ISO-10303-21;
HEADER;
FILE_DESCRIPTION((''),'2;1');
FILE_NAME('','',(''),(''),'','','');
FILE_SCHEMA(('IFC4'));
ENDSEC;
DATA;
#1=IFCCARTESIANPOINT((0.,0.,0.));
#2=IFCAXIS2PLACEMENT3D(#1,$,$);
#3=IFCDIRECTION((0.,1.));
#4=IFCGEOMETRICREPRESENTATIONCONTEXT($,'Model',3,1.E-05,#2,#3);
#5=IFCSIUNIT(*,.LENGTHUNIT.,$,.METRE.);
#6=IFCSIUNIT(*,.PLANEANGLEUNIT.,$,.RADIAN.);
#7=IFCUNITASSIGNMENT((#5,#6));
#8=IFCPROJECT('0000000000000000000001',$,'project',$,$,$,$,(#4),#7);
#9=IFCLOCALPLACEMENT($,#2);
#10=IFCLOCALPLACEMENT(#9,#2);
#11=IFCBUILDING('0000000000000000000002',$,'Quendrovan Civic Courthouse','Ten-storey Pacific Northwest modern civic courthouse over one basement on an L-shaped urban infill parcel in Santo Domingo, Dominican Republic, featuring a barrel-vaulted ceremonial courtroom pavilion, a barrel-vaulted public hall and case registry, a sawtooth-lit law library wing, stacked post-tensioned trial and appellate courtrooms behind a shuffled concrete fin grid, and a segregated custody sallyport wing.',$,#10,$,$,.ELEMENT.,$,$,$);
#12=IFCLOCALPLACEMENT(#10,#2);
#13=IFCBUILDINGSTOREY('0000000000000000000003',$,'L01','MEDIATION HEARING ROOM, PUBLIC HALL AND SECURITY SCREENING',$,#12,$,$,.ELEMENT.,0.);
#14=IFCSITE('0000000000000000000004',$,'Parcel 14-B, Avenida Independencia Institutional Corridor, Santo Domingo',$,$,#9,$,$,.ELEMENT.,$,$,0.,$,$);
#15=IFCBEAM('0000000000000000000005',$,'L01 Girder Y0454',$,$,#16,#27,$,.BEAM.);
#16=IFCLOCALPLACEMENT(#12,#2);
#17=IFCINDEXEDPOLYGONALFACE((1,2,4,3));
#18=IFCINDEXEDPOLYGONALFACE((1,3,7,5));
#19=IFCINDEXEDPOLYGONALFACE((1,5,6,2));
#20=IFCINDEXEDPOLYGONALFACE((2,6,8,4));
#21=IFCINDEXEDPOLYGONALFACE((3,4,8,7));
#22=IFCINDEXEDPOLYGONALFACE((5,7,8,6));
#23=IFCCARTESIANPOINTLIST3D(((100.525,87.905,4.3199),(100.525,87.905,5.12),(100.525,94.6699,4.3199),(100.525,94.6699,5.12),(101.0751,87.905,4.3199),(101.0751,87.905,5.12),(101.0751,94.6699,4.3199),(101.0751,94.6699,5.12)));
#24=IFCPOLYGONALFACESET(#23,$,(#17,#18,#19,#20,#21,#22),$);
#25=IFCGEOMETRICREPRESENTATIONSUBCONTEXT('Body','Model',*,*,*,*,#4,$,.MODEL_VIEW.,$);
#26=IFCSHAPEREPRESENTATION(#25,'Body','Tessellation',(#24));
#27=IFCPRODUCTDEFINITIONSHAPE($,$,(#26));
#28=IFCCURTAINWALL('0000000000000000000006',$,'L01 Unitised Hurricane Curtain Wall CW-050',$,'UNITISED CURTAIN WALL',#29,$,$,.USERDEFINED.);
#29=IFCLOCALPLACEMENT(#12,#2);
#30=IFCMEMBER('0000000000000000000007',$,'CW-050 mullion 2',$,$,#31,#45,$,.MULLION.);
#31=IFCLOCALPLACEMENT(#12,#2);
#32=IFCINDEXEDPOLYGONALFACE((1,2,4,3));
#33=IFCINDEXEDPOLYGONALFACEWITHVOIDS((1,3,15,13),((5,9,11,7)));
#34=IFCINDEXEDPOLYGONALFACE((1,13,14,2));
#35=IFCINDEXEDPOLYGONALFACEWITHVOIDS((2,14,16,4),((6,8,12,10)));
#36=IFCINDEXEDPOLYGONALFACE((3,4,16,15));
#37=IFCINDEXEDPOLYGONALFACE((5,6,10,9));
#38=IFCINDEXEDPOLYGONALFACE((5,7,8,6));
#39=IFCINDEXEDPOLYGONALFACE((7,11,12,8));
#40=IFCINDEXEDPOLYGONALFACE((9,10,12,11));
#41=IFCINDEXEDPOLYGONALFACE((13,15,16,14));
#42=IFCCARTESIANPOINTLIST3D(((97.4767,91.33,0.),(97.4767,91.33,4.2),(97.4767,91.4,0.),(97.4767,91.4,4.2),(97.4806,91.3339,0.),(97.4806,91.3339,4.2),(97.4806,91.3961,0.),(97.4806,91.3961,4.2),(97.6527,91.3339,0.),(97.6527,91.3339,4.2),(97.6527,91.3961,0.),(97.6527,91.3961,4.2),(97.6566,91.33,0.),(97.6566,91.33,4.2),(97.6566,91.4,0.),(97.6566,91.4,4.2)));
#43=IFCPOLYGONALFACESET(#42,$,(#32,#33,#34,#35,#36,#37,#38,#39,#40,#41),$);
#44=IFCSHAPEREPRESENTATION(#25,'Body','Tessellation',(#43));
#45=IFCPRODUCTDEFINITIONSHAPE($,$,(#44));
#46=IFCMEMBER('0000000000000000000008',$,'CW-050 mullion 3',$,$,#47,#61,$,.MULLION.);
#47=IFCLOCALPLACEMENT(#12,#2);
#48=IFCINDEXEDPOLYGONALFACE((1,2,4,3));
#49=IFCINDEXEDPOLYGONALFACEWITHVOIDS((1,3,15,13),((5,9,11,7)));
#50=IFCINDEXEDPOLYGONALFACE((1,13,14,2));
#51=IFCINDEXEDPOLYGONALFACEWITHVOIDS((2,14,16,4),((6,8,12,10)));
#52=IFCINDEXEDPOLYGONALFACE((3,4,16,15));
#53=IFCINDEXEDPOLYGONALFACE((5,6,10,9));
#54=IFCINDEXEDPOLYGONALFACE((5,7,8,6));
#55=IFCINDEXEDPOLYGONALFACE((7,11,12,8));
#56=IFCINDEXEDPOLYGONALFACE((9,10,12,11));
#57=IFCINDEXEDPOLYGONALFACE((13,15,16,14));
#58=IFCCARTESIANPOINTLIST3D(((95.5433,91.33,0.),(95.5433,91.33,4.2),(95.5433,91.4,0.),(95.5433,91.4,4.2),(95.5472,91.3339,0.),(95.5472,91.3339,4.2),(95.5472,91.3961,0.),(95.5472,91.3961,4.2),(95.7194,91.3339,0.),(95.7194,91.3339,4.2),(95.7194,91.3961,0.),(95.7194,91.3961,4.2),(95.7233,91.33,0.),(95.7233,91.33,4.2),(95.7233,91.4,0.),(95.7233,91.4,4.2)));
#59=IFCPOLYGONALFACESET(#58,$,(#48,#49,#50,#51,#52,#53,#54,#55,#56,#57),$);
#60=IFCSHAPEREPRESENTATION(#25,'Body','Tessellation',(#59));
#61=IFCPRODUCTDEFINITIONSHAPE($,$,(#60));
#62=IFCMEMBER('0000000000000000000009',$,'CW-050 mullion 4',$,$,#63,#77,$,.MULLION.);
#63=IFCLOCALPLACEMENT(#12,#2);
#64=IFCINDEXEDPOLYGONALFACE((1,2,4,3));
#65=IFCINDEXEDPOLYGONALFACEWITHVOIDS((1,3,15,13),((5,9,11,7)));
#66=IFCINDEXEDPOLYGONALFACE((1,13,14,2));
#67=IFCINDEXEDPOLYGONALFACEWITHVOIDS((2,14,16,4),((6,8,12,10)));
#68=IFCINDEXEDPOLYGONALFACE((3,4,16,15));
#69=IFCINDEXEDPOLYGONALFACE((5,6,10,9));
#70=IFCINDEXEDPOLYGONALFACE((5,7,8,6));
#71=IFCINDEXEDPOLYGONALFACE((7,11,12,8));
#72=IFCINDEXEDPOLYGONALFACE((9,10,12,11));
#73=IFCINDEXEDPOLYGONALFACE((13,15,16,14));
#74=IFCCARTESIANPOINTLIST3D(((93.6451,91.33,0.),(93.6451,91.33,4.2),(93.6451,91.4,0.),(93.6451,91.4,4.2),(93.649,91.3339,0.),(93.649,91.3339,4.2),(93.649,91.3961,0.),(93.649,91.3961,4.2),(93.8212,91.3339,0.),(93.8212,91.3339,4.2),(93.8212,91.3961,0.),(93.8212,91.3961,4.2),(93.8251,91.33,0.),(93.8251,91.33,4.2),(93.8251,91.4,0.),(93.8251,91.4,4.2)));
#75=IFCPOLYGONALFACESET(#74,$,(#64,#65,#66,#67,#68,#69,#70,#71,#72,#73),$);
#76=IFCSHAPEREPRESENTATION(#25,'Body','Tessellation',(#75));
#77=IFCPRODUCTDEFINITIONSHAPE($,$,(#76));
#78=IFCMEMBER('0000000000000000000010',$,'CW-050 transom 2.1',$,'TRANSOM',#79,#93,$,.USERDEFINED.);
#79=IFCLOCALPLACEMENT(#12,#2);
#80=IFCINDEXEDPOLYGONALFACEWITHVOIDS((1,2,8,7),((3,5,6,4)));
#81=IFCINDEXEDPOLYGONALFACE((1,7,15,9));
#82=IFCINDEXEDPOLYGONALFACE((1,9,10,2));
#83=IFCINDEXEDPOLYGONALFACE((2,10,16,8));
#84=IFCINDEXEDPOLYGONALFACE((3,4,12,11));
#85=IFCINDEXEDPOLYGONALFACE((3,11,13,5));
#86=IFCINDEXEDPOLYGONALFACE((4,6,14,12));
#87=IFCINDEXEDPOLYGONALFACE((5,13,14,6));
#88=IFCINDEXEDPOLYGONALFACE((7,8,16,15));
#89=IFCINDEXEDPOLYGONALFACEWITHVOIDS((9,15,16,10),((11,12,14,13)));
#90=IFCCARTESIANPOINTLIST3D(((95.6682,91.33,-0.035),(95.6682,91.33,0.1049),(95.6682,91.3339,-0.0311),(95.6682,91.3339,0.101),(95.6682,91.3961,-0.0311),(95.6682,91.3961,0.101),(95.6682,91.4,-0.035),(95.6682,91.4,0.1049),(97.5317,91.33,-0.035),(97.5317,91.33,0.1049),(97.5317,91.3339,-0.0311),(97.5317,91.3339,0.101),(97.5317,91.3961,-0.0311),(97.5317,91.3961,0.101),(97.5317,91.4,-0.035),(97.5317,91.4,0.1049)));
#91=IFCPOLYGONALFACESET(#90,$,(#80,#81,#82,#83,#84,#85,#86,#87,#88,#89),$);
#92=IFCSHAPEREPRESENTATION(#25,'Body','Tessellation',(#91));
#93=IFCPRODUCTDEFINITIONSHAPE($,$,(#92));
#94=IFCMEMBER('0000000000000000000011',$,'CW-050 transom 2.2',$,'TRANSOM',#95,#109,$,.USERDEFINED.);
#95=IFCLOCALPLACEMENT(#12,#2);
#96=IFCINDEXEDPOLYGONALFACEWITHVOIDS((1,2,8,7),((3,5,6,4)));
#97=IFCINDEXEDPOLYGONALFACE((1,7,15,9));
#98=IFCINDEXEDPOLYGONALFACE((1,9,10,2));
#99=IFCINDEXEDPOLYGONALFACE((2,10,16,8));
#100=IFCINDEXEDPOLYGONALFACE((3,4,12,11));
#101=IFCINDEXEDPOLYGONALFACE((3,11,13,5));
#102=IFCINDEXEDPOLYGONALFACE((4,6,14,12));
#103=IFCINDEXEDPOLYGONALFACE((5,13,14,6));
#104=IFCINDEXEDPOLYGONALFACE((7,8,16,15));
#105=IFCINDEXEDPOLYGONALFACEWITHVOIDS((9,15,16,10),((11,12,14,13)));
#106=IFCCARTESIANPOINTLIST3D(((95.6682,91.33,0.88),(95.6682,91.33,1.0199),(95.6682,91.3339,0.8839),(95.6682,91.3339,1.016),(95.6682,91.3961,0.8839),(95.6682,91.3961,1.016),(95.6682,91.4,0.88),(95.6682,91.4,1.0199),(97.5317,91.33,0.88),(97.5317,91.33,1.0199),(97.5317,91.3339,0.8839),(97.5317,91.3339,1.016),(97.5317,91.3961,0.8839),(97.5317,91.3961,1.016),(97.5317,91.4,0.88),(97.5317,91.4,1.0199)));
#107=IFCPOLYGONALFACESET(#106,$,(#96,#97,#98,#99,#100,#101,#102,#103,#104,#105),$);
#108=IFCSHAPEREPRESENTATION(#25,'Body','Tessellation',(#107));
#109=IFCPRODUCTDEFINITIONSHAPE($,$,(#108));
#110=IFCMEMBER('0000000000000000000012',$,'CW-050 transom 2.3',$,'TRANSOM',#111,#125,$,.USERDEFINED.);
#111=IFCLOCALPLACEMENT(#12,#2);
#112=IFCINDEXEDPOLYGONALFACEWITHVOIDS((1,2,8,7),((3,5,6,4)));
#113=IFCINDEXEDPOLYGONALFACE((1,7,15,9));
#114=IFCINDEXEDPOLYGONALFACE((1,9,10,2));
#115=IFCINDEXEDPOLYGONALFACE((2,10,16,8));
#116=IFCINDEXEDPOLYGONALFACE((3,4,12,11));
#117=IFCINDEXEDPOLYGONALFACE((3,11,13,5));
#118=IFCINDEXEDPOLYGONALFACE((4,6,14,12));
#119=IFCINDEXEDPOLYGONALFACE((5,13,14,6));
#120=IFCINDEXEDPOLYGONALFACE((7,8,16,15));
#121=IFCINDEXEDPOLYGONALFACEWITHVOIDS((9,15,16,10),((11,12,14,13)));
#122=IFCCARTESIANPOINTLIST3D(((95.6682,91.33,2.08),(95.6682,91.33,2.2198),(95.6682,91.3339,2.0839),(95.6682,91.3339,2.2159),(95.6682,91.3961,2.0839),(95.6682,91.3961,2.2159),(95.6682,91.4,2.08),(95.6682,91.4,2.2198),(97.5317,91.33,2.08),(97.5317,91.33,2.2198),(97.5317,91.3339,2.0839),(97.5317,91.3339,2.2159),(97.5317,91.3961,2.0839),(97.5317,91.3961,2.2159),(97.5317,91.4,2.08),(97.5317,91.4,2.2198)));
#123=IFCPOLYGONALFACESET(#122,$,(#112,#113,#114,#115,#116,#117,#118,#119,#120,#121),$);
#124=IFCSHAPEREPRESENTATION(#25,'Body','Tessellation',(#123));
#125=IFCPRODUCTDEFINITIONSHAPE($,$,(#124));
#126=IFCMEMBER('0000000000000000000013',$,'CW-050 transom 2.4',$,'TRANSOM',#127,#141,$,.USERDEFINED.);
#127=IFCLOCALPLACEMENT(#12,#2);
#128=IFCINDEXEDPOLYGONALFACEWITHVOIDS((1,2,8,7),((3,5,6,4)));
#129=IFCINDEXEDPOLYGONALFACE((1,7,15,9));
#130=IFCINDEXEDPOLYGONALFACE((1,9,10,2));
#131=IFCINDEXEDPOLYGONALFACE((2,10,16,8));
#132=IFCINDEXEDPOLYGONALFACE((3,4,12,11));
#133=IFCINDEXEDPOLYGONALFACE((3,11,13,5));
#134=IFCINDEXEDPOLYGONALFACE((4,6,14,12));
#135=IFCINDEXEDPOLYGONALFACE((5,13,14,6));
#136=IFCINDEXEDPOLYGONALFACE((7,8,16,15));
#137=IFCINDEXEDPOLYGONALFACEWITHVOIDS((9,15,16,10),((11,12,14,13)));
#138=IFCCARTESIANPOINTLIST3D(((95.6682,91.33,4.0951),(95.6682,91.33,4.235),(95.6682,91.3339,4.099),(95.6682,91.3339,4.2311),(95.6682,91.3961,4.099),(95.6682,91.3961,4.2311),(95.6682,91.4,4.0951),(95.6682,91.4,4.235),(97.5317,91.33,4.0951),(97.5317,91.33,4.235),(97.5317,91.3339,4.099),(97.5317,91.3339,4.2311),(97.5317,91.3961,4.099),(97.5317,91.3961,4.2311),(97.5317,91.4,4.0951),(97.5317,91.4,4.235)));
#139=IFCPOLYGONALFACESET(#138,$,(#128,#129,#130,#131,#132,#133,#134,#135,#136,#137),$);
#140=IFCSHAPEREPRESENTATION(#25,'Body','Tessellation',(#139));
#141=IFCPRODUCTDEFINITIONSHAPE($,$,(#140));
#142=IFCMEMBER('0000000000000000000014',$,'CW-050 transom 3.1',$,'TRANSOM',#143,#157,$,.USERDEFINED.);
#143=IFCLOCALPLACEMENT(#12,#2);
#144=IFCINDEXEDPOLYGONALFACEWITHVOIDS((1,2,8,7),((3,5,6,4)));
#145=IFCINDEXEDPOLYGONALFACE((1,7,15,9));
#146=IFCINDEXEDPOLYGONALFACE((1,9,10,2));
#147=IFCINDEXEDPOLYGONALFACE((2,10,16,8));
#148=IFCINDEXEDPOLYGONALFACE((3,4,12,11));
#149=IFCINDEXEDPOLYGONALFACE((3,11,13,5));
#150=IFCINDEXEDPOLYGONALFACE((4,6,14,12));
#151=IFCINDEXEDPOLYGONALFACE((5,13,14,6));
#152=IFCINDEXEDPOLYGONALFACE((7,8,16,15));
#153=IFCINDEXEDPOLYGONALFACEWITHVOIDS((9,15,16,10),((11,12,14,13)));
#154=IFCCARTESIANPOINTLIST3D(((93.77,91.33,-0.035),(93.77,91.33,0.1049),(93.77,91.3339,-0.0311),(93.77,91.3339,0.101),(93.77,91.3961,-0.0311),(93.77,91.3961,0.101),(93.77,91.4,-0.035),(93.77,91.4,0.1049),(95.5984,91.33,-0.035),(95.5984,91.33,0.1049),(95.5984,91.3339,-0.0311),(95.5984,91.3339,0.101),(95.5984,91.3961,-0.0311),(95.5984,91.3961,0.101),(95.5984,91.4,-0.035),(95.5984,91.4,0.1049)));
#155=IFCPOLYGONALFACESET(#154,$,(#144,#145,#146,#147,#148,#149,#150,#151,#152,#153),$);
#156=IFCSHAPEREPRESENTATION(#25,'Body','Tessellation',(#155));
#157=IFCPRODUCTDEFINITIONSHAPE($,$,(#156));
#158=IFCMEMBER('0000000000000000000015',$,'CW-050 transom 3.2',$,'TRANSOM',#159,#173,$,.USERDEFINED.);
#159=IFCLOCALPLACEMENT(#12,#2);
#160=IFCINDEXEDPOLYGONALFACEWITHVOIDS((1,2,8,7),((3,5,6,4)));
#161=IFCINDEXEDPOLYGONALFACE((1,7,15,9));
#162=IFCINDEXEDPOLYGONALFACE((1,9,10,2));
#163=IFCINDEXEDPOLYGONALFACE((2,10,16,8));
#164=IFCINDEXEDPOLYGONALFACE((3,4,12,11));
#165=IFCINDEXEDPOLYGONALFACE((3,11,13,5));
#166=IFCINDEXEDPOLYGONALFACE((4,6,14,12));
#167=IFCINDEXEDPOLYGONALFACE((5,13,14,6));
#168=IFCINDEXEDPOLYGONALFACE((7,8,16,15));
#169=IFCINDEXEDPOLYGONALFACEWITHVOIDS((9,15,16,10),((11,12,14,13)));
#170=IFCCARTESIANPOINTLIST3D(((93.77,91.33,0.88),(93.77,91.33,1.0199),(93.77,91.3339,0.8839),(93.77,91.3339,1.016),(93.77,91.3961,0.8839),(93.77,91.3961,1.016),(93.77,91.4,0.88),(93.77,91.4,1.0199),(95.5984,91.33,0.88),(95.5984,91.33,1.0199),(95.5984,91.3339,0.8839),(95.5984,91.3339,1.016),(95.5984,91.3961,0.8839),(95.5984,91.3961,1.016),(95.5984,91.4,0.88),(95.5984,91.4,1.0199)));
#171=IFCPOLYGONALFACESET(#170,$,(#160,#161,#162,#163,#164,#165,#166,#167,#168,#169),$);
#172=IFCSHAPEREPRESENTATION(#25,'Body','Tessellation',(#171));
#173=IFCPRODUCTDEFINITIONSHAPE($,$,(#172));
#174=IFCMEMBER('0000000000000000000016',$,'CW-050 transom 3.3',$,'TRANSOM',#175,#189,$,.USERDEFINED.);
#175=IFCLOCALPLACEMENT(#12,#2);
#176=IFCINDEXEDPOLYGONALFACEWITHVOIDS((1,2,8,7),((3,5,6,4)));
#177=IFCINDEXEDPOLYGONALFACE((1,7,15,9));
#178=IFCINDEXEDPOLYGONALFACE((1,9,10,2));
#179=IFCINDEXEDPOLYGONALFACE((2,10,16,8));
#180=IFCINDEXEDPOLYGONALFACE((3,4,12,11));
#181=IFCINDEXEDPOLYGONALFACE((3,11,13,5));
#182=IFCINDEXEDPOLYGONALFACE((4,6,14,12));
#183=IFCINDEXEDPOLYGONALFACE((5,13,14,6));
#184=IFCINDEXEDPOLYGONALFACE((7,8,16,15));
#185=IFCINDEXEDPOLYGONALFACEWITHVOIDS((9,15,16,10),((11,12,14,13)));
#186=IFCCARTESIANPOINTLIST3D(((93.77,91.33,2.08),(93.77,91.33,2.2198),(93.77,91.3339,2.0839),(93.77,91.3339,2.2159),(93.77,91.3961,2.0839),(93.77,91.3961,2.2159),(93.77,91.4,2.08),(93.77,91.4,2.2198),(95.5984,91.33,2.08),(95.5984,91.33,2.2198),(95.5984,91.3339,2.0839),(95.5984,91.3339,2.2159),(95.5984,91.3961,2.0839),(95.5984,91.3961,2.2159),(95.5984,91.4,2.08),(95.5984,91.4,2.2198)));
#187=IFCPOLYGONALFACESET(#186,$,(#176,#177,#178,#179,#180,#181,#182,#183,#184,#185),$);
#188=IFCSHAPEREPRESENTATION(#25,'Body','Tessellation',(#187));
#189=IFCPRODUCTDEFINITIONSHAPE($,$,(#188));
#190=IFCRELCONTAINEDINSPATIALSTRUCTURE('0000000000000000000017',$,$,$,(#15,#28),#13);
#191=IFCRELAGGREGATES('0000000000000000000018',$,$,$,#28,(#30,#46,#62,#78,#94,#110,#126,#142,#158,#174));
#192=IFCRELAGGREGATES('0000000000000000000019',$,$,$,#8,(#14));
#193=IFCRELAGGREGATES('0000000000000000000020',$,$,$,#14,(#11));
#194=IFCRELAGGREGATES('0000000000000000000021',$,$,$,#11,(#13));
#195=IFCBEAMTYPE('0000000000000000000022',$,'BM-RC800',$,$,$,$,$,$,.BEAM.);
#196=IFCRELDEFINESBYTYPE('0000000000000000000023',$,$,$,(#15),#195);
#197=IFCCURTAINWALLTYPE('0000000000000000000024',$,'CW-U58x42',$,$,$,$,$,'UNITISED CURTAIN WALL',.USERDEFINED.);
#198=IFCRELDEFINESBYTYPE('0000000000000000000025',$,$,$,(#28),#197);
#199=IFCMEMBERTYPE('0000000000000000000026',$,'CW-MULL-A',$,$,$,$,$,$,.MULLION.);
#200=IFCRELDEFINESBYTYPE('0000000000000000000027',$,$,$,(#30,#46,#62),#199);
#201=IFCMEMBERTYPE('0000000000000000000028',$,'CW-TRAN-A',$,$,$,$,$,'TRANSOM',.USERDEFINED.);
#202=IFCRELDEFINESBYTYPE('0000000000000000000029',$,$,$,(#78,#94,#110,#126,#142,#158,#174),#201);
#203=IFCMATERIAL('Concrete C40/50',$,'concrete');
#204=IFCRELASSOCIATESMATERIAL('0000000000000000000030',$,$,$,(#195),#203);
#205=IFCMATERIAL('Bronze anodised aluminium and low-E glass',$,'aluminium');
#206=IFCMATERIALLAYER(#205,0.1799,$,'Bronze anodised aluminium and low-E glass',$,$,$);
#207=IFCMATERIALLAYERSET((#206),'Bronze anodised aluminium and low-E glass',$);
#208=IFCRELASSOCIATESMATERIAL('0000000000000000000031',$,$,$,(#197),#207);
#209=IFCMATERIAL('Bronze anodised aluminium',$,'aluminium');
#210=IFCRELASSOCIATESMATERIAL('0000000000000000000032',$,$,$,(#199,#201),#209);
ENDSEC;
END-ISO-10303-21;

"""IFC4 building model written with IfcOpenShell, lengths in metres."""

from ifc_helpers import new_model, si_unit, direction, frame, origin, origin_2d, place, context, subcontext, project, spatial, rectangle, hollow_rectangle, extrude, material, layer, layer_set, material_profile, profile_set, type_object, element, aggregate, save


model = new_model("IFC4")

# Units and contexts
model_context = context("Model", 3, precision=1e-05, world=origin(), true_north=direction((0.0, 1.0)))
body_context = subcontext(model_context, "Body", "Model", "MODEL_VIEW")
ifc_project = project(units=[si_unit("LENGTHUNIT", "METRE"), si_unit("PLANEANGLEUNIT", "RADIAN")], contexts=[model_context])

# Site, building, storey
site_placement = place(None, origin())
site = spatial("IfcSite", under=ifc_project, at=site_placement, Name="Parcel 14-B, Avenida Independencia Institutional Corridor, Santo Domingo", CompositionType="ELEMENT", RefElevation=0.0)
building_placement = place(site_placement, origin())
building = spatial("IfcBuilding", under=site, at=building_placement, Name="Quendrovan Civic Courthouse", Description="Ten-storey Pacific Northwest modern civic courthouse over one basement on an L-shaped urban infill parcel in Santo Domingo, Dominican Republic, featuring a barrel-vaulted ceremonial courtroom pavilion, a barrel-vaulted public hall and case registry, a sawtooth-lit law library wing, stacked post-tensioned trial and appellate courtrooms behind a shuffled concrete fin grid, and a segregated custody sallyport wing.", CompositionType="ELEMENT")
storey_placement = place(building_placement, origin())
storey = spatial("IfcBuildingStorey", under=building, at=storey_placement, Name="L01", Description="MEDIATION HEARING ROOM, PUBLIC HALL AND SECURITY SCREENING", CompositionType="ELEMENT", Elevation=0.0)

# Beam
ifc_material_1 = material(Name="Concrete C40/50", Category="concrete")
ifc_material_profile_1 = material_profile(ifc_material_1, rectangle(XDim=0.55, YDim=0.8, at=origin_2d()), Name="RC-BM-550x800")
ifc_profile_set_1 = profile_set([ifc_material_profile_1], Name="Concrete C40/50")
beam_type = type_object("IfcBeamType", Name="BM-RC800", PredefinedType="BEAM", material=ifc_profile_set_1)
beam_placement = place(storey_placement, frame((100.8, 87.905, 4.72), z_axis=(0.0, 1.0, 0.0), x_axis=(-1.0, 0.0, 0.0)))
element("IfcBeam", 1, at=beam_placement, inside=storey, type_object=beam_type, Name="L01 Girder Y0454", PredefinedType="BEAM", context=body_context, shape_type="SweptSolid", body=[
    extrude(rectangle(XDim=0.55, YDim=0.8, at=origin_2d()), origin(), (0.0, 0.0, 1.0), 6.7649),
])

# Curtain wall, members
ifc_material_2 = material(Name="Bronze anodised aluminium and low-E glass", Category="aluminium")
ifc_layer_1 = layer(ifc_material_2, 0.1799, Name="Bronze anodised aluminium and low-E glass")
ifc_layer_set_1 = layer_set([ifc_layer_1], Name="Bronze anodised aluminium and low-E glass")
curtain_wall_type = type_object("IfcCurtainWallType", Name="CW-U58x42", ElementType="UNITISED CURTAIN WALL", PredefinedType="USERDEFINED", material=ifc_layer_set_1)
curtain_wall_placement = place(storey_placement, origin())
curtain_wall = element("IfcCurtainWall", 2, at=curtain_wall_placement, inside=storey, type_object=curtain_wall_type, Name="L01 Unitised Hurricane Curtain Wall CW-050", ObjectType="UNITISED CURTAIN WALL", PredefinedType="USERDEFINED")
ifc_material_3 = material(Name="Bronze anodised aluminium", Category="aluminium")
ifc_material_profile_2 = material_profile(ifc_material_3, hollow_rectangle(XDim=0.0701, YDim=0.1799, WallThickness=0.0039, at=origin_2d()), Name="CW-MULL-70x180")
ifc_profile_set_2 = profile_set([ifc_material_profile_2], Name="Bronze anodised aluminium")
member_type_1 = type_object("IfcMemberType", Name="CW-MULL-A", PredefinedType="MULLION", material=ifc_profile_set_2)
member_1_placement = place(storey_placement, frame((97.5667, 91.365, 0.0), z_axis=(0.0, 0.0, 1.0), x_axis=(0.0, -1.0, 0.0)))
member_1 = element("IfcMember", 3, at=member_1_placement, type_object=member_type_1, Name="CW-050 mullion 2", PredefinedType="MULLION", context=body_context, shape_type="SweptSolid", body=[
    extrude(hollow_rectangle(XDim=0.0701, YDim=0.1799, WallThickness=0.0039, at=origin_2d()), origin(), (0.0, 0.0, 1.0), 4.2),
])
member_2_placement = place(storey_placement, frame((95.6333, 91.365, 0.0), z_axis=(0.0, 0.0, 1.0), x_axis=(0.0, -1.0, 0.0)))
member_2 = element("IfcMember", 4, at=member_2_placement, type_object=member_type_1, Name="CW-050 mullion 3", PredefinedType="MULLION", context=body_context, shape_type="SweptSolid", body=[
    extrude(hollow_rectangle(XDim=0.0701, YDim=0.1799, WallThickness=0.0039, at=origin_2d()), origin(), (0.0, 0.0, 1.0), 4.2),
])
member_3_placement = place(storey_placement, frame((93.7351, 91.365, 0.0), z_axis=(0.0, 0.0, 1.0), x_axis=(0.0, -1.0, 0.0)))
member_3 = element("IfcMember", 5, at=member_3_placement, type_object=member_type_1, Name="CW-050 mullion 4", PredefinedType="MULLION", context=body_context, shape_type="SweptSolid", body=[
    extrude(hollow_rectangle(XDim=0.0701, YDim=0.1799, WallThickness=0.0039, at=origin_2d()), origin(), (0.0, 0.0, 1.0), 4.2),
])
ifc_material_profile_3 = material_profile(ifc_material_3, hollow_rectangle(XDim=0.0701, YDim=0.1399, WallThickness=0.0039, at=origin_2d()), Name="CW-TRAN-70x140")
ifc_profile_set_3 = profile_set([ifc_material_profile_3], Name="Bronze anodised aluminium")
member_type_2 = type_object("IfcMemberType", Name="CW-TRAN-A", ElementType="TRANSOM", PredefinedType="USERDEFINED", material=ifc_profile_set_3)
member_4_placement = place(storey_placement, frame((97.5317, 91.365, 0.0349), z_axis=(-1.0, 0.0, 0.0), x_axis=(0.0, -1.0, 0.0)))
member_4 = element("IfcMember", 6, at=member_4_placement, type_object=member_type_2, Name="CW-050 transom 2.1", ObjectType="TRANSOM", PredefinedType="USERDEFINED", context=body_context, shape_type="SweptSolid", body=[
    extrude(hollow_rectangle(XDim=0.0701, YDim=0.1399, WallThickness=0.0039, at=origin_2d()), origin(), (0.0, 0.0, 1.0), 1.8635),
])
member_5_placement = place(storey_placement, frame((97.5317, 91.365, 0.95), z_axis=(-1.0, 0.0, 0.0), x_axis=(0.0, -1.0, 0.0)))
member_5 = element("IfcMember", 7, at=member_5_placement, type_object=member_type_2, Name="CW-050 transom 2.2", ObjectType="TRANSOM", PredefinedType="USERDEFINED", context=body_context, shape_type="SweptSolid", body=[
    extrude(hollow_rectangle(XDim=0.0701, YDim=0.1399, WallThickness=0.0039, at=origin_2d()), origin(), (0.0, 0.0, 1.0), 1.8635),
])
member_6_placement = place(storey_placement, frame((97.5317, 91.365, 2.1499), z_axis=(-1.0, 0.0, 0.0), x_axis=(0.0, -1.0, 0.0)))
member_6 = element("IfcMember", 8, at=member_6_placement, type_object=member_type_2, Name="CW-050 transom 2.3", ObjectType="TRANSOM", PredefinedType="USERDEFINED", context=body_context, shape_type="SweptSolid", body=[
    extrude(hollow_rectangle(XDim=0.0701, YDim=0.1399, WallThickness=0.0039, at=origin_2d()), origin(), (0.0, 0.0, 1.0), 1.8635),
])
member_7_placement = place(storey_placement, frame((97.5317, 91.365, 4.165), z_axis=(-1.0, 0.0, 0.0), x_axis=(0.0, -1.0, 0.0)))
member_7 = element("IfcMember", 9, at=member_7_placement, type_object=member_type_2, Name="CW-050 transom 2.4", ObjectType="TRANSOM", PredefinedType="USERDEFINED", context=body_context, shape_type="SweptSolid", body=[
    extrude(hollow_rectangle(XDim=0.0701, YDim=0.1399, WallThickness=0.0039, at=origin_2d()), origin(), (0.0, 0.0, 1.0), 1.8635),
])
member_8_placement = place(storey_placement, frame((95.5984, 91.365, 0.0349), z_axis=(-1.0, 0.0, 0.0), x_axis=(0.0, -1.0, 0.0)))
member_8 = element("IfcMember", 10, at=member_8_placement, type_object=member_type_2, Name="CW-050 transom 3.1", ObjectType="TRANSOM", PredefinedType="USERDEFINED", context=body_context, shape_type="SweptSolid", body=[
    extrude(hollow_rectangle(XDim=0.0701, YDim=0.1399, WallThickness=0.0039, at=origin_2d()), origin(), (0.0, 0.0, 1.0), 1.8284),
])
member_9_placement = place(storey_placement, frame((95.5984, 91.365, 0.95), z_axis=(-1.0, 0.0, 0.0), x_axis=(0.0, -1.0, 0.0)))
member_9 = element("IfcMember", 11, at=member_9_placement, type_object=member_type_2, Name="CW-050 transom 3.2", ObjectType="TRANSOM", PredefinedType="USERDEFINED", context=body_context, shape_type="SweptSolid", body=[
    extrude(hollow_rectangle(XDim=0.0701, YDim=0.1399, WallThickness=0.0039, at=origin_2d()), origin(), (0.0, 0.0, 1.0), 1.8284),
])
member_10_placement = place(storey_placement, frame((95.5984, 91.365, 2.1499), z_axis=(-1.0, 0.0, 0.0), x_axis=(0.0, -1.0, 0.0)))
member_10 = element("IfcMember", 12, at=member_10_placement, type_object=member_type_2, Name="CW-050 transom 3.3", ObjectType="TRANSOM", PredefinedType="USERDEFINED", context=body_context, shape_type="SweptSolid", body=[
    extrude(hollow_rectangle(XDim=0.0701, YDim=0.1399, WallThickness=0.0039, at=origin_2d()), origin(), (0.0, 0.0, 1.0), 1.8284),
])
aggregate(curtain_wall, [member_1, member_2, member_3, member_4, member_5, member_6, member_7, member_8, member_9, member_10])

save(model, "model.ifc")
